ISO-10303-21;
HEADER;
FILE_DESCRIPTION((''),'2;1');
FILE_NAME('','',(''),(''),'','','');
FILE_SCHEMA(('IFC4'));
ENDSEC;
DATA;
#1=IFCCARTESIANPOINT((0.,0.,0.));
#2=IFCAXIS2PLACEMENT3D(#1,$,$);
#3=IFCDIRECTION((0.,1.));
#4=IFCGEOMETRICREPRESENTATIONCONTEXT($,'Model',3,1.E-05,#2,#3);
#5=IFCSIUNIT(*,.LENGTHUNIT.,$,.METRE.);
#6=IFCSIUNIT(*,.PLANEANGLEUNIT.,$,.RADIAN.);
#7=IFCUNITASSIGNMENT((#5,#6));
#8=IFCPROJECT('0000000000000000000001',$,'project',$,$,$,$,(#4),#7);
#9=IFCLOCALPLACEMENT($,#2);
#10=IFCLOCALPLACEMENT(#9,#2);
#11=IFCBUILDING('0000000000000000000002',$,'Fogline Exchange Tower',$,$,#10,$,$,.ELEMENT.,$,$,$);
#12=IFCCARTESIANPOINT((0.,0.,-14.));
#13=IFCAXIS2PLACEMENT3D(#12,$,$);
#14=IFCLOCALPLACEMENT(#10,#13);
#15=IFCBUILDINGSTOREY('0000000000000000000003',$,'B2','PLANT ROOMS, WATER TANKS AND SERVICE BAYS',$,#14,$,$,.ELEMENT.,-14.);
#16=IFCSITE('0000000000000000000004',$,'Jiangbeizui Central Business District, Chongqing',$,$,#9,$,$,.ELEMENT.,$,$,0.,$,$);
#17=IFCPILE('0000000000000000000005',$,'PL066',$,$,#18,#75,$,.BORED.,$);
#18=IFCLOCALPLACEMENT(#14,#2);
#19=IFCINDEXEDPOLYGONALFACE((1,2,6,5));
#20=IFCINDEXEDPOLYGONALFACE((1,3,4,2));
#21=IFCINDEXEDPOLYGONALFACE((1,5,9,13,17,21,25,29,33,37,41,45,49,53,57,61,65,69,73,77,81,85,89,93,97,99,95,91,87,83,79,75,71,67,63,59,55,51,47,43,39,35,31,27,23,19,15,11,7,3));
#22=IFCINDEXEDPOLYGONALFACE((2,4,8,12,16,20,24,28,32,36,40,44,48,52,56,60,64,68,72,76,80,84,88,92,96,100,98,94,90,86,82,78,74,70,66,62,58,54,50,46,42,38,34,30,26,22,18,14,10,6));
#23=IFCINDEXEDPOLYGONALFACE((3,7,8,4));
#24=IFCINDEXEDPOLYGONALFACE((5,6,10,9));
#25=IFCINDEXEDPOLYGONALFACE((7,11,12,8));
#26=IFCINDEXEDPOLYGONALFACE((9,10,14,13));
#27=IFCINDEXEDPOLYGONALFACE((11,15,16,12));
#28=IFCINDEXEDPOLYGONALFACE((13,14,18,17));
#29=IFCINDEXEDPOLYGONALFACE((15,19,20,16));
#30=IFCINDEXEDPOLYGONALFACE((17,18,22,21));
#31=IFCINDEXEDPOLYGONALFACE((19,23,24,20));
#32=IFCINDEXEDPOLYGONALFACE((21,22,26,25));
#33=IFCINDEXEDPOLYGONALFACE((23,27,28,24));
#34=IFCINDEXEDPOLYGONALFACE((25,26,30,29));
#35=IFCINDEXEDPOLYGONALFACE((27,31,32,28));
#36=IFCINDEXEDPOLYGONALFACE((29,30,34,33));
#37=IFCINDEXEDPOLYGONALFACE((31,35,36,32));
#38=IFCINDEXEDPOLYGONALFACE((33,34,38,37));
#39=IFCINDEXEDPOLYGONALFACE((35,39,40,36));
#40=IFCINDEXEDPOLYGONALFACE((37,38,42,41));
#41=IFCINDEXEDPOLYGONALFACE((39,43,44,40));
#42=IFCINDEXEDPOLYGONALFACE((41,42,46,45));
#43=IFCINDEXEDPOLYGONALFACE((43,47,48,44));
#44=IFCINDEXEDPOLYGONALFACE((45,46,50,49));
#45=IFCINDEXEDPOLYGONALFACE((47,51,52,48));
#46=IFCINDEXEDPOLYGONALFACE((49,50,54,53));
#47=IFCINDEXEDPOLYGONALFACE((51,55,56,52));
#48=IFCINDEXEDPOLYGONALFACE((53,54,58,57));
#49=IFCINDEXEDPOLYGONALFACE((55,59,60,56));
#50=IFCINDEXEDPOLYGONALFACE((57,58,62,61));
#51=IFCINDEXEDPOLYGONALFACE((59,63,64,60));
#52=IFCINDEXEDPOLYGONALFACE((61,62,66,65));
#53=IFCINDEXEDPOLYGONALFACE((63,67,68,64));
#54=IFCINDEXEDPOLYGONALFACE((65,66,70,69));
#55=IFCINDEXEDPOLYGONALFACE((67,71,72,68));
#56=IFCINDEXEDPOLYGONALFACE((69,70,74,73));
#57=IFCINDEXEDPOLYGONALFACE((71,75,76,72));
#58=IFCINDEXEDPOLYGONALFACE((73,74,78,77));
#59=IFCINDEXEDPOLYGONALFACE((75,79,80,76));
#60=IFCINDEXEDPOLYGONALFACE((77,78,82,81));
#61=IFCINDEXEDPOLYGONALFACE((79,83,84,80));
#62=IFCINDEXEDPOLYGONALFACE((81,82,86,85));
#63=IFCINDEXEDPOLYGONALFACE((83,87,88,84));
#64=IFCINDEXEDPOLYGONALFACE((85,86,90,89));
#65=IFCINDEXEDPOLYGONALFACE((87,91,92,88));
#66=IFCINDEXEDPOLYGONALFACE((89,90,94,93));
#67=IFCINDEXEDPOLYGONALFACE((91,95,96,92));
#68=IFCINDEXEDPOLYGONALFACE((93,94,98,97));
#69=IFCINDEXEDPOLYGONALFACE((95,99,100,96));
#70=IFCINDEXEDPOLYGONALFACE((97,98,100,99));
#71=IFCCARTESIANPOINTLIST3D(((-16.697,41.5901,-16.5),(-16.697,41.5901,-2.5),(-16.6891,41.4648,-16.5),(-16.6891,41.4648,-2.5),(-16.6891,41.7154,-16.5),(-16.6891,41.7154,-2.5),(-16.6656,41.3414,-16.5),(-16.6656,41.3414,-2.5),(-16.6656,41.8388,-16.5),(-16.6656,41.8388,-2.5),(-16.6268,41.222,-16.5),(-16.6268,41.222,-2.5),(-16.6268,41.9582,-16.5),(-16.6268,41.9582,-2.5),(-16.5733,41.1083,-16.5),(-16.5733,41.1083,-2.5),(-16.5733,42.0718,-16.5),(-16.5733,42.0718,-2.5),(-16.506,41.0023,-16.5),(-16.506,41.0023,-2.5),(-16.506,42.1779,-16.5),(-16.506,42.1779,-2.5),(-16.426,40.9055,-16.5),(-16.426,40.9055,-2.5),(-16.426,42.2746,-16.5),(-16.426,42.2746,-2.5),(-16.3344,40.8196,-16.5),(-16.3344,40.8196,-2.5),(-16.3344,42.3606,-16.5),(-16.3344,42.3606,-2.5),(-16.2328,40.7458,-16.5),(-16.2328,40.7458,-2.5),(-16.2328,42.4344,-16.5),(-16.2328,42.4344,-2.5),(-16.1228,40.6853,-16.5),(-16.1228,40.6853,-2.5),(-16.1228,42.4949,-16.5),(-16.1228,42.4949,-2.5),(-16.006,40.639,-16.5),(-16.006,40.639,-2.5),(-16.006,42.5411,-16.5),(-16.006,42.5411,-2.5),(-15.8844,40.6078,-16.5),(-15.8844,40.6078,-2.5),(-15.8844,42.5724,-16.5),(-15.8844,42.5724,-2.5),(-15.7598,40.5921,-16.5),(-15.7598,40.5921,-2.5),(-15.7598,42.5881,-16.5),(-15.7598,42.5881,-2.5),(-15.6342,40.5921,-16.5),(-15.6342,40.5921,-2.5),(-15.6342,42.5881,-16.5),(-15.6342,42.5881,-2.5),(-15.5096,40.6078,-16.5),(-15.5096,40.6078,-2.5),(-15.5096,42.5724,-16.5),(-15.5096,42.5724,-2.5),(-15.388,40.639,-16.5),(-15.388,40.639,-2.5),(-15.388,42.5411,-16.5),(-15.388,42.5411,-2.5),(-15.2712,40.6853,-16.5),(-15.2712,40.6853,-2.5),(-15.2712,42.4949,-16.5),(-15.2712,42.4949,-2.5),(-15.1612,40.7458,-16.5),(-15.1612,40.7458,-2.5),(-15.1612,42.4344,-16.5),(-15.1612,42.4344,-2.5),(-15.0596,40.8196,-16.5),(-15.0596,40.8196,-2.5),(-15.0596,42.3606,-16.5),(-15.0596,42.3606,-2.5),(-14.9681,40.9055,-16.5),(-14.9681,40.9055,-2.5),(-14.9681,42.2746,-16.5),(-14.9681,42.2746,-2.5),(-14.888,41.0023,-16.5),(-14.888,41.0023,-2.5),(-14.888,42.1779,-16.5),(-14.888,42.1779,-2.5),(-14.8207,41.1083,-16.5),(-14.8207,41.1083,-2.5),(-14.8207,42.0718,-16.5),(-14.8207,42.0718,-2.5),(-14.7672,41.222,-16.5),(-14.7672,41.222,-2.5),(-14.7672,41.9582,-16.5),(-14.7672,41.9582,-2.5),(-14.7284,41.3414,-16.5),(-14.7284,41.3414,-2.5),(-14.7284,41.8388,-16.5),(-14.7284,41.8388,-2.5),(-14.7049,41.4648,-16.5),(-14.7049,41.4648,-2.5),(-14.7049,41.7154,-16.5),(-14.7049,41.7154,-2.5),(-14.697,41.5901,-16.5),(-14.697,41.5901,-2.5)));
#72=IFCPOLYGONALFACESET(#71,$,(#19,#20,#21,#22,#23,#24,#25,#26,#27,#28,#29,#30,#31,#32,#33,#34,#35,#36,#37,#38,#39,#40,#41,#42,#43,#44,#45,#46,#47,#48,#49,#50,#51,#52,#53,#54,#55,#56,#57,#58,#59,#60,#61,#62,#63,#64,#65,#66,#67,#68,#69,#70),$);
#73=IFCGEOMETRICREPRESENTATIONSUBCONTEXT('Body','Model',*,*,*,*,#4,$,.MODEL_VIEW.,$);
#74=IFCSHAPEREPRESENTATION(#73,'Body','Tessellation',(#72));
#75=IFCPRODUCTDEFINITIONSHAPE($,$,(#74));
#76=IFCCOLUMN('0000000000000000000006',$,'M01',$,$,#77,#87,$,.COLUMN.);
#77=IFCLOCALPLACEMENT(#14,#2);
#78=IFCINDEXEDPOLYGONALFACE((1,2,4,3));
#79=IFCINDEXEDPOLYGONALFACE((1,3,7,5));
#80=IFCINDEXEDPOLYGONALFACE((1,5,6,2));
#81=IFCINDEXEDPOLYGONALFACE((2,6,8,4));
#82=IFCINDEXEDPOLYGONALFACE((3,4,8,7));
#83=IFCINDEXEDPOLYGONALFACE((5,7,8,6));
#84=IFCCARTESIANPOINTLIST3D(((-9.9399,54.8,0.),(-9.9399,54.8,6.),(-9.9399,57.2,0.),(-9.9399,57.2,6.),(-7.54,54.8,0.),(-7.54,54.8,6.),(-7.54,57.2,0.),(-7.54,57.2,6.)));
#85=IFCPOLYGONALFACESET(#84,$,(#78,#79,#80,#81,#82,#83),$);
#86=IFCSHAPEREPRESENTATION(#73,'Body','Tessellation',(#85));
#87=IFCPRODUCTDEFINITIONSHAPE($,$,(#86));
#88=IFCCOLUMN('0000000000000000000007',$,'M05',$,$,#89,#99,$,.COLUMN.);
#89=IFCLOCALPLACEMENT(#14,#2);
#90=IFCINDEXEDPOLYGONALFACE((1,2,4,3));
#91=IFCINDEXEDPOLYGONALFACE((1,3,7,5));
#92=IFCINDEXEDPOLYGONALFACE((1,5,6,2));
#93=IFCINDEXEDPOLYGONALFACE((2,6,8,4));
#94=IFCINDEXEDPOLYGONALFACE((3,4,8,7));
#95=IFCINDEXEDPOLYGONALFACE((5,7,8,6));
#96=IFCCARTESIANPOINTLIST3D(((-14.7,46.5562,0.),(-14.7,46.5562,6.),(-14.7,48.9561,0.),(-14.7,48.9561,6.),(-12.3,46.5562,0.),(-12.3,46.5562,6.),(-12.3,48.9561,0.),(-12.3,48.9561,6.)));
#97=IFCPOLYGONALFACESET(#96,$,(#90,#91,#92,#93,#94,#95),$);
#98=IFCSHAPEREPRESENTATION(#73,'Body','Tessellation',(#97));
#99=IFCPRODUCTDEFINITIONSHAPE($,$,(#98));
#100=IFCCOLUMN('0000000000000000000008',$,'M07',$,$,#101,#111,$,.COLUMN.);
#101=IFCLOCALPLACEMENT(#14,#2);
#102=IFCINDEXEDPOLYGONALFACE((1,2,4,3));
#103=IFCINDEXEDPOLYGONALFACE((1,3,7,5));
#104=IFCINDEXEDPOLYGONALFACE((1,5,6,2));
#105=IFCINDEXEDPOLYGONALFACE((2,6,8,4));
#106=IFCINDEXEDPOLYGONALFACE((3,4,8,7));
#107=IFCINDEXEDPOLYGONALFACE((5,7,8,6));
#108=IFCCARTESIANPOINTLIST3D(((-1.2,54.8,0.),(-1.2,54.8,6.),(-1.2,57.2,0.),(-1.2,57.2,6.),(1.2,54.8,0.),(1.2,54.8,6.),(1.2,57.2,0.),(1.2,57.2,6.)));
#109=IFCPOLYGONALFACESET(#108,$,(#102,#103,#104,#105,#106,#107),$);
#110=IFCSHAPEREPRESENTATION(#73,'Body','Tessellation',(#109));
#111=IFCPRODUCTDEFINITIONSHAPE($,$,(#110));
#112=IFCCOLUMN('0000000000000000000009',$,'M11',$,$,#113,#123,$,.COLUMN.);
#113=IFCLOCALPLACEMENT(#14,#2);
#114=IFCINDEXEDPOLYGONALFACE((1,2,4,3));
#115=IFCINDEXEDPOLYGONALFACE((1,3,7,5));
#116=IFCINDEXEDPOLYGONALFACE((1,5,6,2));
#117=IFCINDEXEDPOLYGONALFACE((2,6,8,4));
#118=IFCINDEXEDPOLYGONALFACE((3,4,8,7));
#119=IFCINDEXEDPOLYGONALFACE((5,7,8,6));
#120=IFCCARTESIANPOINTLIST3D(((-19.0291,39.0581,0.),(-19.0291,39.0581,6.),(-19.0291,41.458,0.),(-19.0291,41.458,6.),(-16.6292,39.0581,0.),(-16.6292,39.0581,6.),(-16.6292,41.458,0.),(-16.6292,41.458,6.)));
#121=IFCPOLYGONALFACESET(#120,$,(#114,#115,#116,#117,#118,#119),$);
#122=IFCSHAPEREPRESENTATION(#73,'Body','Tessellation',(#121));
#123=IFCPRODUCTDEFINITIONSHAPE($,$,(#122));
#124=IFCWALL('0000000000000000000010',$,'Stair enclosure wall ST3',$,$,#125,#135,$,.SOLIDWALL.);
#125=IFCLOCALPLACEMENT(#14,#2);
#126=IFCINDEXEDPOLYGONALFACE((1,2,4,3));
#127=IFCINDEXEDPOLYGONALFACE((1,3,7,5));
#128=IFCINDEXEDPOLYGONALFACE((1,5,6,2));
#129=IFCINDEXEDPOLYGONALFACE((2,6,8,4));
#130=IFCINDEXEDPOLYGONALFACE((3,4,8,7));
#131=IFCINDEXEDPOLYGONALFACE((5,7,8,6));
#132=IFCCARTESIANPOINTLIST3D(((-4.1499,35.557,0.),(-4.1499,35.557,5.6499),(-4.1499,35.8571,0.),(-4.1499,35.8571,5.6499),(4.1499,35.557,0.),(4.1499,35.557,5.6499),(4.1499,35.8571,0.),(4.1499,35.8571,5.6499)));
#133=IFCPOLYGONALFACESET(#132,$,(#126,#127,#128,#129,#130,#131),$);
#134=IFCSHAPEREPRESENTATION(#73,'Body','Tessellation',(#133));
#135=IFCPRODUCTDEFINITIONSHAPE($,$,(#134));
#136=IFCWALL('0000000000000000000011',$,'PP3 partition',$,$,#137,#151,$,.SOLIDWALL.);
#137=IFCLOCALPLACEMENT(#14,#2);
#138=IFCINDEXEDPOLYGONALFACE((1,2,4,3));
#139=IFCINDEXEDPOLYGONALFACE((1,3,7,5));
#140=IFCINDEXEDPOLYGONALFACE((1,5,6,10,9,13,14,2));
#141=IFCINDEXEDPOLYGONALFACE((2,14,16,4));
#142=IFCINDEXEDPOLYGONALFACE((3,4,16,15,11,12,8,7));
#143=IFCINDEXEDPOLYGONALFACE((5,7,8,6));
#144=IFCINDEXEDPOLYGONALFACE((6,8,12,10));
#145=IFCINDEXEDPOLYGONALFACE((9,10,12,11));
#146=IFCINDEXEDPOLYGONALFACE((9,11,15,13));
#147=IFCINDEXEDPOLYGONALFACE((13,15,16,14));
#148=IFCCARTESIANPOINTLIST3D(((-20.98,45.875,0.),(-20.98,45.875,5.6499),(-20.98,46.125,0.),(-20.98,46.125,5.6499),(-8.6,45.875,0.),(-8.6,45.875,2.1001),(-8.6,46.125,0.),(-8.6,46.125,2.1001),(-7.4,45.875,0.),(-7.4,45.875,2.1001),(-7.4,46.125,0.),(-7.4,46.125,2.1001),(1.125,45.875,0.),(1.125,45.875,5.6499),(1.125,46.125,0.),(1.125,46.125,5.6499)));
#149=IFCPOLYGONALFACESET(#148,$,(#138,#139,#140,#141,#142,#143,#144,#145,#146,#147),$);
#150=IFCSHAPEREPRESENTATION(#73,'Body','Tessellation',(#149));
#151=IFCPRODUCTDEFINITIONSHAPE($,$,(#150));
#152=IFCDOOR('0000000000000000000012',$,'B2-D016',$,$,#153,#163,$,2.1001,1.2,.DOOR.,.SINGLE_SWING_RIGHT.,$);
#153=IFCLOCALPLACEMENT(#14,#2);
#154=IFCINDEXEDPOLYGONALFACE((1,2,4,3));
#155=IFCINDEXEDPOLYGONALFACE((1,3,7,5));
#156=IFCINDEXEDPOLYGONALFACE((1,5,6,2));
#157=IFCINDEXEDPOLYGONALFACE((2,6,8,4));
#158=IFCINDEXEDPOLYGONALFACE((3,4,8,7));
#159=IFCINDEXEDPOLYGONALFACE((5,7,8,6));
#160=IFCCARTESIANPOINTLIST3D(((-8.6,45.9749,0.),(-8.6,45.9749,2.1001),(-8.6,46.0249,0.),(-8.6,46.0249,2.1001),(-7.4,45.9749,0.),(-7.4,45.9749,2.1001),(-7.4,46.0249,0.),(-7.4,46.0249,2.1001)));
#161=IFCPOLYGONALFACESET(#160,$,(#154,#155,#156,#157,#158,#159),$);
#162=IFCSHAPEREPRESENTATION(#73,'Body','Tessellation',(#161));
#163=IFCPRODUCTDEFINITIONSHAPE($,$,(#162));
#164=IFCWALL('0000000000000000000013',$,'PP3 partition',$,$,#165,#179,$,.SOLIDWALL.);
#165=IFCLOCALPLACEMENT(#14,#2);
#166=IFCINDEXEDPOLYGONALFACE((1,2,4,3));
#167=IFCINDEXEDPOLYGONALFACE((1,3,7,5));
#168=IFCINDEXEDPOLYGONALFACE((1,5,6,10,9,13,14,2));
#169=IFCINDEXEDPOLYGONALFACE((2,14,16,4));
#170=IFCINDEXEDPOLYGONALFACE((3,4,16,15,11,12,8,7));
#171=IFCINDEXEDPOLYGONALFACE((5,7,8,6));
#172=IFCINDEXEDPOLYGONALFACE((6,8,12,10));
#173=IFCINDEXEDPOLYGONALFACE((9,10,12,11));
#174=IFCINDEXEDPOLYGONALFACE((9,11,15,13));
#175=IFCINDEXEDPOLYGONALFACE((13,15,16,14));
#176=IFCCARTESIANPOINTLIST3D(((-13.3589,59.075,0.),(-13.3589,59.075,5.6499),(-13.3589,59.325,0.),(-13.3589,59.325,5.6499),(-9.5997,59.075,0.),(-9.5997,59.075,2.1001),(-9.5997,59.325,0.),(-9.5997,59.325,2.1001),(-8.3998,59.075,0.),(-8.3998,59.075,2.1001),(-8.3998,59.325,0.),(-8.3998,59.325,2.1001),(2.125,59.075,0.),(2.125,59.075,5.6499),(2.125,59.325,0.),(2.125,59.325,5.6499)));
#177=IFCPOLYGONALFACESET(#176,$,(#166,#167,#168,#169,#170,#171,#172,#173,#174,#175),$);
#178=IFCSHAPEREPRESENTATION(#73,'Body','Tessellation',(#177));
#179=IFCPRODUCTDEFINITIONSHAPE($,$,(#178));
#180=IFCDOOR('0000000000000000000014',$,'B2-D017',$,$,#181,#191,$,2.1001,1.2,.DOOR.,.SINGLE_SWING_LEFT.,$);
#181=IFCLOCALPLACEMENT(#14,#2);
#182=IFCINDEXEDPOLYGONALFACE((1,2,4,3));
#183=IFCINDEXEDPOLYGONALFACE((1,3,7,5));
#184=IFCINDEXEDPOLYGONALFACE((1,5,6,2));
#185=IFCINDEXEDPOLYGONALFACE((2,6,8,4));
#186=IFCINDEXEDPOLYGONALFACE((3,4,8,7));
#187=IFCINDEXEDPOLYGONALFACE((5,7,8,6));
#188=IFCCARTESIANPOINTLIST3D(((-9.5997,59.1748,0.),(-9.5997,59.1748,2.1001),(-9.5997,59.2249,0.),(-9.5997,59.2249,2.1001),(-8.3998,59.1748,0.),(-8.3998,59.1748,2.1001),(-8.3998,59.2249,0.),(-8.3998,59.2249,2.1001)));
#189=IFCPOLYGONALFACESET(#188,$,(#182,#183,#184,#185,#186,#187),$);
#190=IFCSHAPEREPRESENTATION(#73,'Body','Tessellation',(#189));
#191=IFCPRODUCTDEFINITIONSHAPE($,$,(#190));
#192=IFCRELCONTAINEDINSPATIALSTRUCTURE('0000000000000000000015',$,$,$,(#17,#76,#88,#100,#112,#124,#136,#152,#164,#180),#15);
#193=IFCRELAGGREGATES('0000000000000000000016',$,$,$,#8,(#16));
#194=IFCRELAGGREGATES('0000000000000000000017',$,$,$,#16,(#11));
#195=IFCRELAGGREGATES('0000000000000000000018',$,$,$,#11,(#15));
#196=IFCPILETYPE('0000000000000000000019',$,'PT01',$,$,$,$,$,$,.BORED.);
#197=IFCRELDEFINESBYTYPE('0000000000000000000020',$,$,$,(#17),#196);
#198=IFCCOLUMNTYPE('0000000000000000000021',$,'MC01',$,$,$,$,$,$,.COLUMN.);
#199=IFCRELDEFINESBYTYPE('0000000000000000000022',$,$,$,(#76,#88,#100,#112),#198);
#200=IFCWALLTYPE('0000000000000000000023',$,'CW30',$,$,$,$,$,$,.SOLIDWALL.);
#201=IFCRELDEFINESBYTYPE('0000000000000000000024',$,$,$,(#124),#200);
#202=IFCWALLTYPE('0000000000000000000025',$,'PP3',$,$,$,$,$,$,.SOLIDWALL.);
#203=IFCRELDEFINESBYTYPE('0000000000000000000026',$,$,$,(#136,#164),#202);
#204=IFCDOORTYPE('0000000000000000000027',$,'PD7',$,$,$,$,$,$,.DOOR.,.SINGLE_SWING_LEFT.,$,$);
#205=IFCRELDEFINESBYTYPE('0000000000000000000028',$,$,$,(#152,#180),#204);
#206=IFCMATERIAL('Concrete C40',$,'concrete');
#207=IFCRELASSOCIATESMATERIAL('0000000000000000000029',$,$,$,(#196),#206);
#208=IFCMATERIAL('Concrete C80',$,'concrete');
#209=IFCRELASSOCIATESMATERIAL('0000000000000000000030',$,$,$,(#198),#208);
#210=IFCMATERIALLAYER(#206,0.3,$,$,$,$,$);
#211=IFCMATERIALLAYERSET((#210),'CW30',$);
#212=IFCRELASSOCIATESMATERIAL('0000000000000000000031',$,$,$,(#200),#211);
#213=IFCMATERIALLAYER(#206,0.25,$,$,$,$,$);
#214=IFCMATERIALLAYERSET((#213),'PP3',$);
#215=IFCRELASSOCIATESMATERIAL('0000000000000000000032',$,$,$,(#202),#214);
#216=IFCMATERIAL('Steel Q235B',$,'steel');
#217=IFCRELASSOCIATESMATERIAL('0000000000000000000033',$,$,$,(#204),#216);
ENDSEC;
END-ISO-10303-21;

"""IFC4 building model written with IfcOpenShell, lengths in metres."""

from ifc_helpers import new_model, si_unit, direction, frame, frame_2d, origin, origin_2d, place, context, subcontext, project, spatial, rectangle, circle, extrude, material, layer, layer_set, material_profile, profile_set, type_object, element, fill, save


model = new_model("IFC4")

# Units and contexts
model_context = context("Model", 3, precision=1e-05, world=origin(), true_north=direction((0.0, 1.0)))
body_context = subcontext(model_context, "Body", "Model", "MODEL_VIEW")
ifc_project = project(units=[si_unit("LENGTHUNIT", "METRE"), si_unit("PLANEANGLEUNIT", "RADIAN")], contexts=[model_context])

# Site, building, storey
site_placement = place(None, origin())
site = spatial("IfcSite", under=ifc_project, at=site_placement, Name="Jiangbeizui Central Business District, Chongqing", CompositionType="ELEMENT", RefElevation=0.0)
building_placement = place(site_placement, origin())
building = spatial("IfcBuilding", under=site, at=building_placement, Name="Fogline Exchange Tower", CompositionType="ELEMENT")
storey_placement = place(building_placement, frame((0.0, 0.0, -14.0)))
storey = spatial("IfcBuildingStorey", under=building, at=storey_placement, Name="B2", Description="PLANT ROOMS, WATER TANKS AND SERVICE BAYS", CompositionType="ELEMENT", Elevation=-14.0)

# Pile
ifc_material_1 = material(Name="Concrete C40", Category="concrete")
ifc_material_profile_1 = material_profile(ifc_material_1, circle(Radius=1.0, at=origin_2d()), Name="RC D2000")
ifc_profile_set_1 = profile_set([ifc_material_profile_1], Name="Concrete C40")
pile_type = type_object("IfcPileType", Name="PT01", PredefinedType="BORED", material=ifc_profile_set_1)
for number, where, z_axis, x_axis, name in (
    (1, (-15.697, 41.5901, -2.5), (0.0, 0.0, -1.0), (1.0, 0.0, 0.0), "PL066"),
):
    element("IfcPile", number, at=place(storey_placement, frame(where, z_axis=z_axis, x_axis=x_axis)), inside=storey, type_object=pile_type, Name=name, PredefinedType="BORED", context=body_context, shape_type="SweptSolid", body=[
        extrude(circle(Radius=1.0, at=origin_2d()), origin(), (0.0, 0.0, 1.0), 14.0),
    ])

# Columns
ifc_material_2 = material(Name="Concrete C80", Category="concrete")
ifc_material_profile_2 = material_profile(ifc_material_2, rectangle(XDim=2.3999, YDim=2.3999, at=origin_2d()), Name="RC 2400x2400")
ifc_profile_set_2 = profile_set([ifc_material_profile_2], Name="Concrete C80")
column_type = type_object("IfcColumnType", Name="MC01", PredefinedType="COLUMN", material=ifc_profile_set_2)
for number, where, z_axis, x_axis, name in (
    (2, (-8.74, 56.0, 0.0), (0.0, 0.0, 1.0), (1.0, 0.0, 0.0), "M01"),
    (3, (-13.5, 47.7561, 0.0), (0.0, 0.0, 1.0), (1.0, 0.0, 0.0), "M05"),
    (4, (0.0, 56.0, 0.0), (0.0, 0.0, 1.0), (1.0, 0.0, 0.0), "M07"),
    (5, (-17.8291, 40.2581, 0.0), (0.0, 0.0, 1.0), (1.0, 0.0, 0.0), "M11"),
):
    element("IfcColumn", number, at=place(storey_placement, frame(where, z_axis=z_axis, x_axis=x_axis)), inside=storey, type_object=column_type, Name=name, PredefinedType="COLUMN", context=body_context, shape_type="SweptSolid", body=[
        extrude(rectangle(XDim=2.3999, YDim=2.3999, at=origin_2d()), origin(), (0.0, 0.0, 1.0), 6.0),
    ])

# Wall
ifc_layer_1 = layer(ifc_material_1, 0.3)
ifc_layer_set_1 = layer_set([ifc_layer_1], Name="CW30")
wall_type_1 = type_object("IfcWallType", Name="CW30", PredefinedType="SOLIDWALL", material=ifc_layer_set_1)
wall_1_placement = place(storey_placement, frame((-4.1499, 35.707, 0.0), z_axis=(0.0, 0.0, 1.0), x_axis=(1.0, 0.0, 0.0)))
element("IfcWall", 6, at=wall_1_placement, inside=storey, type_object=wall_type_1, Name="Stair enclosure wall ST3", PredefinedType="SOLIDWALL", context=body_context, shape_type="SweptSolid", body=[
    extrude(rectangle(XDim=8.2998, YDim=0.3, at=frame_2d((4.1499, 0.0))), origin(), (0.0, 0.0, 1.0), 5.6499),
])

# Walls, openings, doors
ifc_layer_2 = layer(ifc_material_1, 0.25)
ifc_layer_set_2 = layer_set([ifc_layer_2], Name="PP3")
wall_type_2 = type_object("IfcWallType", Name="PP3", PredefinedType="SOLIDWALL", material=ifc_layer_set_2)
wall_2_placement = place(storey_placement, frame((-20.98, 46.0, 0.0), z_axis=(0.0, 0.0, 1.0), x_axis=(1.0, 0.0, 0.0)))
wall_2 = element("IfcWall", 7, at=wall_2_placement, inside=storey, type_object=wall_type_2, Name="PP3 partition", PredefinedType="SOLIDWALL", context=body_context, shape_type="SweptSolid", body=[
    extrude(rectangle(XDim=22.105, YDim=0.25, at=frame_2d((11.0525, 0.0))), origin(), (0.0, 0.0, 1.0), 5.6499),
])
opening_1_placement = place(wall_2_placement, frame((12.3799, 0.0, 0.0)))
opening_1 = element("IfcOpeningElement", 8, at=opening_1_placement, cuts=wall_2, PredefinedType="OPENING", context=body_context, shape_type="SweptSolid", body=[
    extrude(rectangle(XDim=1.2, YDim=2.1001, at=frame_2d((0.6001, 1.05))), frame((0.0, 0.135, 0.0), z_axis=(0.0, -1.0, 0.0), x_axis=(1.0, 0.0, 0.0)), (0.0, 0.0, 1.0), 0.27),
])
ifc_material_3 = material(Name="Steel Q235B", Category="steel")
door_type = type_object("IfcDoorType", Name="PD7", OperationType="SINGLE_SWING_LEFT", PredefinedType="DOOR", material=ifc_material_3)
door_1_placement = place(opening_1_placement, origin())
door_1 = element("IfcDoor", 9, at=door_1_placement, inside=storey, type_object=door_type, Name="B2-D016", OperationType="SINGLE_SWING_RIGHT", OverallHeight=2.1001, OverallWidth=1.2, PredefinedType="DOOR", context=body_context, shape_type="SweptSolid", body=[
    extrude(rectangle(XDim=1.2, YDim=2.1001, at=frame_2d((0.6001, 1.05))), frame((0.0, 0.0249, 0.0), z_axis=(0.0, -1.0, 0.0), x_axis=(1.0, 0.0, 0.0)), (0.0, 0.0, 1.0), 0.05),
])
fill(opening_1, door_1)
wall_3_placement = place(storey_placement, frame((-13.3589, 59.2, 0.0), z_axis=(0.0, 0.0, 1.0), x_axis=(1.0, 0.0, 0.0)))
wall_3 = element("IfcWall", 10, at=wall_3_placement, inside=storey, type_object=wall_type_2, Name="PP3 partition", PredefinedType="SOLIDWALL", context=body_context, shape_type="SweptSolid", body=[
    extrude(rectangle(XDim=15.4839, YDim=0.25, at=frame_2d((7.7419, 0.0))), origin(), (0.0, 0.0, 1.0), 5.6499),
])
opening_2_placement = place(wall_3_placement, frame((3.759, 0.0, 0.0)))
opening_2 = element("IfcOpeningElement", 11, at=opening_2_placement, cuts=wall_3, PredefinedType="OPENING", context=body_context, shape_type="SweptSolid", body=[
    extrude(rectangle(XDim=1.2, YDim=2.1001, at=frame_2d((0.6001, 1.05))), frame((0.0, 0.135, 0.0), z_axis=(0.0, -1.0, 0.0), x_axis=(1.0, 0.0, 0.0)), (0.0, 0.0, 1.0), 0.27),
])
door_2_placement = place(opening_2_placement, origin())
door_2 = element("IfcDoor", 12, at=door_2_placement, inside=storey, type_object=door_type, Name="B2-D017", OperationType="SINGLE_SWING_LEFT", OverallHeight=2.1001, OverallWidth=1.2, PredefinedType="DOOR", context=body_context, shape_type="SweptSolid", body=[
    extrude(rectangle(XDim=1.2, YDim=2.1001, at=frame_2d((0.6001, 1.05))), frame((0.0, 0.0249, 0.0), z_axis=(0.0, -1.0, 0.0), x_axis=(1.0, 0.0, 0.0)), (0.0, 0.0, 1.0), 0.05),
])
fill(opening_2, door_2)

save(model, "model.ifc")
